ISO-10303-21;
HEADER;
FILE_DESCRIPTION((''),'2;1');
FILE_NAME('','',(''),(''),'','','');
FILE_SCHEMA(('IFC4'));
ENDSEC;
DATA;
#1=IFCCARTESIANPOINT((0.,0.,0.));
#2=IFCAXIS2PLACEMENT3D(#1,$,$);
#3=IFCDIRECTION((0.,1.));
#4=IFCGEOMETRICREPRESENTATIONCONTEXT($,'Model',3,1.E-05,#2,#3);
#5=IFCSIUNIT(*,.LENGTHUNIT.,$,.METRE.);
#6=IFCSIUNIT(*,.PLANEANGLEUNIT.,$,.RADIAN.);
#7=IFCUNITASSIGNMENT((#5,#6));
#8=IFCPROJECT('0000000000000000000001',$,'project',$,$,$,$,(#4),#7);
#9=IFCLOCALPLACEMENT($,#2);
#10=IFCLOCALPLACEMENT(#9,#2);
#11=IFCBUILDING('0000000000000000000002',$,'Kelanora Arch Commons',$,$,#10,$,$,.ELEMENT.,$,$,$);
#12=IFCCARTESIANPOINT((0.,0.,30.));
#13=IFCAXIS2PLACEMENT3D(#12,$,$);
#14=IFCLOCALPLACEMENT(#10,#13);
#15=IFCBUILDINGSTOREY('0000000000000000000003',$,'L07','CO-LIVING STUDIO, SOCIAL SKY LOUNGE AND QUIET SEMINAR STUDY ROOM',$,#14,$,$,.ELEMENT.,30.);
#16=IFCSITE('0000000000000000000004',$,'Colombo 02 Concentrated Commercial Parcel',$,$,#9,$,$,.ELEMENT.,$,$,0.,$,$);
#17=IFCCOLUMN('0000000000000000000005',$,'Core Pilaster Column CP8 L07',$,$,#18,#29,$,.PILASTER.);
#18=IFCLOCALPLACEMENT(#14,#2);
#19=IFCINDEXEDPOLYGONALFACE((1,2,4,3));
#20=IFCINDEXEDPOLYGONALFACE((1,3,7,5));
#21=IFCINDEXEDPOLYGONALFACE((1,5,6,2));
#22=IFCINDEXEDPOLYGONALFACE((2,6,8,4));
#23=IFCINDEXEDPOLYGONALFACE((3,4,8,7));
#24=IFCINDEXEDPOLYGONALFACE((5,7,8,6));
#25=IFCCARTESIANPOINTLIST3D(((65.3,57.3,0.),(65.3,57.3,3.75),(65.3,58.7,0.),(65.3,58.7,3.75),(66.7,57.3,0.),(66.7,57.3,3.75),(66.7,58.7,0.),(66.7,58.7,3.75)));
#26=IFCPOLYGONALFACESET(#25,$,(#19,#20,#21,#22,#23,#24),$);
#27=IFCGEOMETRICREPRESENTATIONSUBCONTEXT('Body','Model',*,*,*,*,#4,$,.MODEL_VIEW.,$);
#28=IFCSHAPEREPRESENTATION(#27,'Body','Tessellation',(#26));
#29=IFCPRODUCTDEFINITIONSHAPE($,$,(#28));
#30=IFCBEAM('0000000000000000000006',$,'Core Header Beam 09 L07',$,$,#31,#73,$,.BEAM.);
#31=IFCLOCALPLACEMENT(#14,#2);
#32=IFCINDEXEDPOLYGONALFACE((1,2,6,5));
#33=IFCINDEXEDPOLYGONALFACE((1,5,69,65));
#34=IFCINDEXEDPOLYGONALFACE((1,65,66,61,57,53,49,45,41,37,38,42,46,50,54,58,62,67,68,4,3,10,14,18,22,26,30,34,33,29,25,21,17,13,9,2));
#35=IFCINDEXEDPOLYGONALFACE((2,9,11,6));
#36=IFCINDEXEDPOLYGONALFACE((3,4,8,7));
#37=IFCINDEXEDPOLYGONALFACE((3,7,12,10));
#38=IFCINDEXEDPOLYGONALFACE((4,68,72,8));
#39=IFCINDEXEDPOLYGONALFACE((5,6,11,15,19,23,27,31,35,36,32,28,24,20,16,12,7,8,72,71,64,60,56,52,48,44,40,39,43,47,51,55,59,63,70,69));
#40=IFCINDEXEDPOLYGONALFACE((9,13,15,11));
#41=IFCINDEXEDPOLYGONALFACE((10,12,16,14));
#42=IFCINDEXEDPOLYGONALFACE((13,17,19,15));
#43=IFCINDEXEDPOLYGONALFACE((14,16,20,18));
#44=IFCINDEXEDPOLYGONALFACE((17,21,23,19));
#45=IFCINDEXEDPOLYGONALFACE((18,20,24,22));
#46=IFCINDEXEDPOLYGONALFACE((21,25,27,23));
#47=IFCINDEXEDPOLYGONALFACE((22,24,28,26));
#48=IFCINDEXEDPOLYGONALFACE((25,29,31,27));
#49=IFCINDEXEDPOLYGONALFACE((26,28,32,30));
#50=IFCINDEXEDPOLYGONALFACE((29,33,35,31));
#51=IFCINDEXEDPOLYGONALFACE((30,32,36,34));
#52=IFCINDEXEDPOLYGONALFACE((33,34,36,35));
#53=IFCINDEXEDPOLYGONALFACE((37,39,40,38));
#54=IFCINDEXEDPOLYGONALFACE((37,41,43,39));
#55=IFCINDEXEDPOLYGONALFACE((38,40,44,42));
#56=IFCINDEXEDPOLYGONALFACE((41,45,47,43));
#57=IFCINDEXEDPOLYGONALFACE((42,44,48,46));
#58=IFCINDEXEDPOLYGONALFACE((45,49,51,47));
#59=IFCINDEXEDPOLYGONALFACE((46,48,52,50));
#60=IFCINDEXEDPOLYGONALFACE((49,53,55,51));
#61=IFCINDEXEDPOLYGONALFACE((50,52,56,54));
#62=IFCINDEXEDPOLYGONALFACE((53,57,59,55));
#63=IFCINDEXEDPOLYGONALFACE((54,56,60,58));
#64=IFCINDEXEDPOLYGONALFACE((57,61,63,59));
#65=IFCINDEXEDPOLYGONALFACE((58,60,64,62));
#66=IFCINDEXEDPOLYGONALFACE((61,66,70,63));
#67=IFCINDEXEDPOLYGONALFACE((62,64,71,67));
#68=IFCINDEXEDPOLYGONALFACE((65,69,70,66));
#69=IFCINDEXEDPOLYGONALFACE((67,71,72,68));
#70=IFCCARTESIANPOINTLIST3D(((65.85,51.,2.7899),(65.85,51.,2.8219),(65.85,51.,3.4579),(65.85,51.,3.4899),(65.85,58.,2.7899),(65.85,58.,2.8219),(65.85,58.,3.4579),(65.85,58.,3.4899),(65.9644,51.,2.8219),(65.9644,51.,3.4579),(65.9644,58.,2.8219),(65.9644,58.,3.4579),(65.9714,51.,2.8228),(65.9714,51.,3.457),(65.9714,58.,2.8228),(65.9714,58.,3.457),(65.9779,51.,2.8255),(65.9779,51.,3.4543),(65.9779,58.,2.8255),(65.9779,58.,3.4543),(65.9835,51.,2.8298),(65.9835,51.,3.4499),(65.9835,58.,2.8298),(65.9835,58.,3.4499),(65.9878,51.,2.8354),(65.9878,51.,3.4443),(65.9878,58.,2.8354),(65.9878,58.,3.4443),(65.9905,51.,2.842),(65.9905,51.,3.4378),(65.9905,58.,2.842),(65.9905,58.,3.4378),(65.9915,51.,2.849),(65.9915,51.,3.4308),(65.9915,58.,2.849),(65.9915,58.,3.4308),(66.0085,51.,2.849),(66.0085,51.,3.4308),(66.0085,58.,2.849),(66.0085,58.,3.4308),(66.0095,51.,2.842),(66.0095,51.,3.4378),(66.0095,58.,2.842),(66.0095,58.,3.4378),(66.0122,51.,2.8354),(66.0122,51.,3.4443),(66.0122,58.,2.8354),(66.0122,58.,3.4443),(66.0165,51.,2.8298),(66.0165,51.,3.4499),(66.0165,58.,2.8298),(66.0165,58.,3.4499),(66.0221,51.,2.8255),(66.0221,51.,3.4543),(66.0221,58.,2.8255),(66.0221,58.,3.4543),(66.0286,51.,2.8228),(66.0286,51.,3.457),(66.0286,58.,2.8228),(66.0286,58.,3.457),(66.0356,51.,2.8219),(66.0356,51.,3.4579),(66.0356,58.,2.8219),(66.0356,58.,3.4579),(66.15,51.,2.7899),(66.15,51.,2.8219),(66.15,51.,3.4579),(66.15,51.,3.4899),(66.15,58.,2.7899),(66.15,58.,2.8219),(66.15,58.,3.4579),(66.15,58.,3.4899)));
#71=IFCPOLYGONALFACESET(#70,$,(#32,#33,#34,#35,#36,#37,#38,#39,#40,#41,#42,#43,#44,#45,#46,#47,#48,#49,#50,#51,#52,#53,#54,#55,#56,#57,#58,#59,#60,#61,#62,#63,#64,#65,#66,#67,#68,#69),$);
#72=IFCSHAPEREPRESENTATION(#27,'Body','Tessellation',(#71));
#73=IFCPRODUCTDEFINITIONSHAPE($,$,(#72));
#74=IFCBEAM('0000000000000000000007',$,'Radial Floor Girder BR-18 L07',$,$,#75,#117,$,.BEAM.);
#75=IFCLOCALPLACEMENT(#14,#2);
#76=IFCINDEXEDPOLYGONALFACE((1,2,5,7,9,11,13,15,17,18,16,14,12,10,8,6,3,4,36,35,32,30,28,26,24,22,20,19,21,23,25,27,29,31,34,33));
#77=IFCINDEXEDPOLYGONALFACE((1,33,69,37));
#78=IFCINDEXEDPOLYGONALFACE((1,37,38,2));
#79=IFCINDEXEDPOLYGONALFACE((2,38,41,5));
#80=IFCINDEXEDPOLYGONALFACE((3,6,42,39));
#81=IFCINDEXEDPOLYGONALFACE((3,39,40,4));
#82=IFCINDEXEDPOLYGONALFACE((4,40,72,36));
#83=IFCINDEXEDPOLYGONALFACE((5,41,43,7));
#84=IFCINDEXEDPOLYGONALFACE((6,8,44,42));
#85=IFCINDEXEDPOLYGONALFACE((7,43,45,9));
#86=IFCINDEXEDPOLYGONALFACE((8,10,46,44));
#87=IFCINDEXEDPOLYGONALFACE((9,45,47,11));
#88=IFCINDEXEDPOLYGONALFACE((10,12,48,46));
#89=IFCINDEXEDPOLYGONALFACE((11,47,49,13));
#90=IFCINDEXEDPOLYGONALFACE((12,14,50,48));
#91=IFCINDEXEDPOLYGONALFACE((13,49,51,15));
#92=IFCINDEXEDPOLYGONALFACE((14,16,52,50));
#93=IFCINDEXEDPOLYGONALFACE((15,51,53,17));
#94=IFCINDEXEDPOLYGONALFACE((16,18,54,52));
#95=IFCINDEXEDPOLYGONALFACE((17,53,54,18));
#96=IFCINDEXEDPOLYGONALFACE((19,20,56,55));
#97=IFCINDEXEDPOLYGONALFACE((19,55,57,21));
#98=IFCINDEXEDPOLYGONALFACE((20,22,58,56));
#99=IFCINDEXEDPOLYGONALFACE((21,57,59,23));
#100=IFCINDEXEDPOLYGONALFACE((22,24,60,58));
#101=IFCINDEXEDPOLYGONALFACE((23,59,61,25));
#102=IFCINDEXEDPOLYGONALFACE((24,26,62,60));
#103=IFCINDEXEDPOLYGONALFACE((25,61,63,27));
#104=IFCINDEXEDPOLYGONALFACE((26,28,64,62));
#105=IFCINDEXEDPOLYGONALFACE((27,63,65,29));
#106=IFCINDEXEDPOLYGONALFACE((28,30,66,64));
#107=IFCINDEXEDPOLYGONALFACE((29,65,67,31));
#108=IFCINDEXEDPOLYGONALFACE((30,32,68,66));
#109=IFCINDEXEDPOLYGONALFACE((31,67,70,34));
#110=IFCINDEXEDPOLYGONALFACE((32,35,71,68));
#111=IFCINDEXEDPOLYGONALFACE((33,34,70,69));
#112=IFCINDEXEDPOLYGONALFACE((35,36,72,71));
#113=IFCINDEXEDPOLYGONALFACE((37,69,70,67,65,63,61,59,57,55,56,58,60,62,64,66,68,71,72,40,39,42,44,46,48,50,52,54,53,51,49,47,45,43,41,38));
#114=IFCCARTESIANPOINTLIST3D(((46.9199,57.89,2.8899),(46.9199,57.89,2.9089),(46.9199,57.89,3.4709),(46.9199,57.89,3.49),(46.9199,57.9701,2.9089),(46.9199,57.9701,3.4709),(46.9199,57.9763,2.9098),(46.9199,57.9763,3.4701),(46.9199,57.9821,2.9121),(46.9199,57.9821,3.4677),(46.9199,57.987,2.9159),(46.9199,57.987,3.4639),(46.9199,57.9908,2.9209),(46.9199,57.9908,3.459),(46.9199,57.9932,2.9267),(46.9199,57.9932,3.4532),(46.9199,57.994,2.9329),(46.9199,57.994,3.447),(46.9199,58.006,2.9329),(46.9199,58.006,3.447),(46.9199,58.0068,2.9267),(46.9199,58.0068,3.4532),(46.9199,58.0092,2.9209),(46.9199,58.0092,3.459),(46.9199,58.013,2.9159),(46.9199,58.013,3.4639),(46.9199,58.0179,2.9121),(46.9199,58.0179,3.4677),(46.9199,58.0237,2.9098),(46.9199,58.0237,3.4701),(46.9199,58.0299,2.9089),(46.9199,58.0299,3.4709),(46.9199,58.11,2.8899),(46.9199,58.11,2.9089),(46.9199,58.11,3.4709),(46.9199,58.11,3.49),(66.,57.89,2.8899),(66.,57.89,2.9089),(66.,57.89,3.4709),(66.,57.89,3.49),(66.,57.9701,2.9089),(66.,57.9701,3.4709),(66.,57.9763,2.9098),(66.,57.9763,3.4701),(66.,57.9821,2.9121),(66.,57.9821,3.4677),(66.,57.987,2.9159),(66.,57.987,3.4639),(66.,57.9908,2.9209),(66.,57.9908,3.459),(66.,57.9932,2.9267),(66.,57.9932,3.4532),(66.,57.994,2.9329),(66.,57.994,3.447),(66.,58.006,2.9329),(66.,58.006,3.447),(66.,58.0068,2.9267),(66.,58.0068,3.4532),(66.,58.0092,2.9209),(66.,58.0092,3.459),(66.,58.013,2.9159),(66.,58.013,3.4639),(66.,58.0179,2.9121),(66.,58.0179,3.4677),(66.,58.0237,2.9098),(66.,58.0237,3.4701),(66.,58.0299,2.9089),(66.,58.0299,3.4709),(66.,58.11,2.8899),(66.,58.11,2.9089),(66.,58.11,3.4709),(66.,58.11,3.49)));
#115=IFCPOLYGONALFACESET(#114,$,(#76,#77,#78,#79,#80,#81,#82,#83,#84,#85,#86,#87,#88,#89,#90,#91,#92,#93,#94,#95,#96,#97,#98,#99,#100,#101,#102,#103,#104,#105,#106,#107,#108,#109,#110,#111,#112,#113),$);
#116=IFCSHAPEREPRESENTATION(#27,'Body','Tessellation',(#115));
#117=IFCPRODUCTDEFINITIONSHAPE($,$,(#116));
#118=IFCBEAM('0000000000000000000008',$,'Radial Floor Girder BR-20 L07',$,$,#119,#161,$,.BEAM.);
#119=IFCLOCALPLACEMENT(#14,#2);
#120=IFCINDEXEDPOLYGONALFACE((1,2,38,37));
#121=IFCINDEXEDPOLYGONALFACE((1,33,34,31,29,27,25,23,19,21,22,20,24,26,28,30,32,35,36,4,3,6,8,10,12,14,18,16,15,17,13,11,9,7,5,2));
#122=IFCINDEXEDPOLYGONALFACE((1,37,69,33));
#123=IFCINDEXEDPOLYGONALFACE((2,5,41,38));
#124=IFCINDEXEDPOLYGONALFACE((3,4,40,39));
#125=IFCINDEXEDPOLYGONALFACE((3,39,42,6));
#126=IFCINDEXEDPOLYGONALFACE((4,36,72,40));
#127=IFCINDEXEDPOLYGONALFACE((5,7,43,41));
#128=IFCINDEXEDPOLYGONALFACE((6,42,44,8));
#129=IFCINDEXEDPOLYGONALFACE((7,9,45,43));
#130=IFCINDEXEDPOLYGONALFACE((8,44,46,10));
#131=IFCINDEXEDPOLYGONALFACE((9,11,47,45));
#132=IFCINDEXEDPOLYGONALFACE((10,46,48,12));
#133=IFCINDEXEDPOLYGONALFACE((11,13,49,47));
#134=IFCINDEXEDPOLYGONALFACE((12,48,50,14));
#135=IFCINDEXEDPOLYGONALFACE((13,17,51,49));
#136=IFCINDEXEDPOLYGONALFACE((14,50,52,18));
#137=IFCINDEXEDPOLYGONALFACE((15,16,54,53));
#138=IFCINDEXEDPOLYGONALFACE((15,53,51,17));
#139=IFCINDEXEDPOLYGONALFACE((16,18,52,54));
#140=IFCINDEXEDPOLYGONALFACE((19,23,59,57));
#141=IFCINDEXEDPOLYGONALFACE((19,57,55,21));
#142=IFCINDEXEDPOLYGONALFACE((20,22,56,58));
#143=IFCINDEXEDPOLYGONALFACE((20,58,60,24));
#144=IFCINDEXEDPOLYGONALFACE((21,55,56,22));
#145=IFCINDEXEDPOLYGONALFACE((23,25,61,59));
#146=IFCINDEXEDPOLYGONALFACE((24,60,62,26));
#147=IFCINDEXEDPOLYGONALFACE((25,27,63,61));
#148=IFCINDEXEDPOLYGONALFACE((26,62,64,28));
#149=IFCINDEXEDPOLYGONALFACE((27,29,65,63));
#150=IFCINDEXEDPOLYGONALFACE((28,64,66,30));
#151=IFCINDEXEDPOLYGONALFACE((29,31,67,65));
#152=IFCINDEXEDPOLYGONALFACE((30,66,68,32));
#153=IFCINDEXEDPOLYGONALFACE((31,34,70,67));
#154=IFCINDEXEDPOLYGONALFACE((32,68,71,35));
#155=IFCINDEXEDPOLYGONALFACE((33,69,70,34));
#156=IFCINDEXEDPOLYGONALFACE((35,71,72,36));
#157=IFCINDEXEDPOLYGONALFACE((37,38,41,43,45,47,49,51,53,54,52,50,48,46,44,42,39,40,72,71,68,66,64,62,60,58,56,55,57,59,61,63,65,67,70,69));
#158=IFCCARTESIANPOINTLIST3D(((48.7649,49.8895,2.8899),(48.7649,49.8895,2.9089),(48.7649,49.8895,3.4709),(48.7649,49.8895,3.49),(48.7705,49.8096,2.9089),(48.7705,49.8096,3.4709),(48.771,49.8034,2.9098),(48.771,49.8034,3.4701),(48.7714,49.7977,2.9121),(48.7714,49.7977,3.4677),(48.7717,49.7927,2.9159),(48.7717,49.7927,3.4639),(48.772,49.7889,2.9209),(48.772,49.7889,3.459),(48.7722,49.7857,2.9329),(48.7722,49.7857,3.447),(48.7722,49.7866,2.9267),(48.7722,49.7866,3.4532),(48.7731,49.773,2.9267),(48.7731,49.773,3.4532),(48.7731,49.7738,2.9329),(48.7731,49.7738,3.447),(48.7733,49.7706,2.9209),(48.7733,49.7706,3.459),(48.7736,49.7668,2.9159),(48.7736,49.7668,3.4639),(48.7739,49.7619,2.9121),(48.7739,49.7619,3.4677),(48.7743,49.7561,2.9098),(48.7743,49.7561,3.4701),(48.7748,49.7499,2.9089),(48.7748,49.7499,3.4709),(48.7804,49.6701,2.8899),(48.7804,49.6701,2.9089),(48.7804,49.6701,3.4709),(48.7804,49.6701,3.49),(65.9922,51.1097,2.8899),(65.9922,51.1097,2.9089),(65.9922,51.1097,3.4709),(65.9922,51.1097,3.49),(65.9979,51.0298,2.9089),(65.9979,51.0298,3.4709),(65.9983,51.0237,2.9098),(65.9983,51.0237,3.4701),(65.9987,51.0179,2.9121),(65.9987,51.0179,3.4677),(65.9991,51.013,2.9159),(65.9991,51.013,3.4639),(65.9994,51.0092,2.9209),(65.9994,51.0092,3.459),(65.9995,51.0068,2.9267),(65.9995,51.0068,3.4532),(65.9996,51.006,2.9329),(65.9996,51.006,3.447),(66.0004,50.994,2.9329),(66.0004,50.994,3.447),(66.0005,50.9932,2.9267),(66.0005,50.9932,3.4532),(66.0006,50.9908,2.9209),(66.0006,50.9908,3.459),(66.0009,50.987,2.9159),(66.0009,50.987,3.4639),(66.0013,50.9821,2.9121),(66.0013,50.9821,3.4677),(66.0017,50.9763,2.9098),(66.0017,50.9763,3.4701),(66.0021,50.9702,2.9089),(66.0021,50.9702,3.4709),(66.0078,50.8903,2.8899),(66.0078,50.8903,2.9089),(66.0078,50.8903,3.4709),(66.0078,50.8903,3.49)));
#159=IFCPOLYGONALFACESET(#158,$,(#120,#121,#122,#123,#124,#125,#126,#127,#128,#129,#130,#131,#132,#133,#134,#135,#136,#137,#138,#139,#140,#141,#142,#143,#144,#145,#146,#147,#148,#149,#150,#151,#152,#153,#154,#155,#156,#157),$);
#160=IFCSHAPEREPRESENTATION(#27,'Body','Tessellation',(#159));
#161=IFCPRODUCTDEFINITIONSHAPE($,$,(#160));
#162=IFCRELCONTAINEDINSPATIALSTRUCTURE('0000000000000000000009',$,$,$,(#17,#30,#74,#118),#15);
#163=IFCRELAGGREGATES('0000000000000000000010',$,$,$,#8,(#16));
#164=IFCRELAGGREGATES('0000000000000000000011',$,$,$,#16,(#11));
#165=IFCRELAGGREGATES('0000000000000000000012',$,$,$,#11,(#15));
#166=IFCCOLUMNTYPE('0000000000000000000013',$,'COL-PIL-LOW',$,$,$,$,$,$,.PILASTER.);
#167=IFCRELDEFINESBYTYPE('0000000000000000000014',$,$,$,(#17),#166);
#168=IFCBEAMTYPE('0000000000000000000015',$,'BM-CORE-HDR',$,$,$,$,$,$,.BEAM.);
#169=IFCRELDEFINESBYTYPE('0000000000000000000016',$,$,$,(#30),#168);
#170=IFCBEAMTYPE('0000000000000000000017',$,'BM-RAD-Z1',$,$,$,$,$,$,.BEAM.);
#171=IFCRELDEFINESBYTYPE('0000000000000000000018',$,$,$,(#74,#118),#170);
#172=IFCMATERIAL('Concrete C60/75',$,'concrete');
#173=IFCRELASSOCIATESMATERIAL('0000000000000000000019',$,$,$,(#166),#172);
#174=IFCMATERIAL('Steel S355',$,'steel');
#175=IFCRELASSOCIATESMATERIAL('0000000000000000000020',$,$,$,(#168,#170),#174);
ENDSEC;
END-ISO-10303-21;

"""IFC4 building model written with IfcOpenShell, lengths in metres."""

from ifc_helpers import new_model, si_unit, direction, frame, origin, origin_2d, place, context, subcontext, project, spatial, rectangle, i_section, extrude, material, material_profile, profile_set, type_object, element, save


model = new_model("IFC4")

# Units and contexts
model_context = context("Model", 3, precision=1e-05, world=origin(), true_north=direction((0.0, 1.0)))
body_context = subcontext(model_context, "Body", "Model", "MODEL_VIEW")
ifc_project = project(units=[si_unit("LENGTHUNIT", "METRE"), si_unit("PLANEANGLEUNIT", "RADIAN")], contexts=[model_context])

# Site, building, storey
site_placement = place(None, origin())
site = spatial("IfcSite", under=ifc_project, at=site_placement, Name="Colombo 02 Concentrated Commercial Parcel", CompositionType="ELEMENT", RefElevation=0.0)
building_placement = place(site_placement, origin())
building = spatial("IfcBuilding", under=site, at=building_placement, Name="Kelanora Arch Commons", CompositionType="ELEMENT")
storey_placement = place(building_placement, frame((0.0, 0.0, 30.0)))
storey = spatial("IfcBuildingStorey", under=building, at=storey_placement, Name="L07", Description="CO-LIVING STUDIO, SOCIAL SKY LOUNGE AND QUIET SEMINAR STUDY ROOM", CompositionType="ELEMENT", Elevation=30.0)

# Column
ifc_material_1 = material(Name="Concrete C60/75", Category="concrete")
ifc_material_profile_1 = material_profile(ifc_material_1, rectangle(XDim=1.3999, YDim=1.3999, at=origin_2d()), Name="RC1400x1400")
ifc_profile_set_1 = profile_set([ifc_material_profile_1], Name="Concrete C60/75")
column_type = type_object("IfcColumnType", Name="COL-PIL-LOW", PredefinedType="PILASTER", material=ifc_profile_set_1)
column_placement = place(storey_placement, frame((66.0, 58.0, 0.0), z_axis=(0.0, 0.0, 1.0), x_axis=(1.0, 0.0, 0.0)))
element("IfcColumn", 1, at=column_placement, inside=storey, type_object=column_type, Name="Core Pilaster Column CP8 L07", PredefinedType="PILASTER", context=body_context, shape_type="SweptSolid", body=[
    extrude(rectangle(XDim=1.3999, YDim=1.3999, at=origin_2d()), origin(), (0.0, 0.0, 1.0), 3.75),
])

# Beams
ifc_material_2 = material(Name="Steel S355", Category="steel")
ifc_material_profile_2 = material_profile(ifc_material_2, i_section(OverallWidth=0.3, OverallDepth=0.7, WebThickness=0.0171, FlangeThickness=0.032, FilletRadius=0.0271, at=origin_2d()), Name="HEB700")
ifc_profile_set_2 = profile_set([ifc_material_profile_2], Name="Steel S355")
beam_type_1 = type_object("IfcBeamType", Name="BM-CORE-HDR", PredefinedType="BEAM", material=ifc_profile_set_2)
beam_1_placement = place(storey_placement, frame((66.0, 58.0, 3.1399), z_axis=(0.0, -1.0, 0.0), x_axis=(1.0, 0.0, 0.0)))
element("IfcBeam", 2, at=beam_1_placement, inside=storey, type_object=beam_type_1, Name="Core Header Beam 09 L07", PredefinedType="BEAM", context=body_context, shape_type="SweptSolid", body=[
    extrude(i_section(OverallWidth=0.3, OverallDepth=0.7, WebThickness=0.0171, FlangeThickness=0.032, FilletRadius=0.0271, at=origin_2d()), origin(), (0.0, 0.0, 1.0), 7.0),
])
ifc_material_profile_3 = material_profile(ifc_material_2, i_section(OverallWidth=0.22, OverallDepth=0.6001, WebThickness=0.012, FlangeThickness=0.019, FilletRadius=0.0239, at=origin_2d()), Name="IPE600")
ifc_profile_set_3 = profile_set([ifc_material_profile_3], Name="Steel S355")
beam_type_2 = type_object("IfcBeamType", Name="BM-RAD-Z1", PredefinedType="BEAM", material=ifc_profile_set_3)
beam_2_placement = place(storey_placement, frame((66.0, 58.0, 3.1899), z_axis=(-1.0, 0.0, 0.0), x_axis=(0.0, -1.0, 0.0)))
element("IfcBeam", 3, at=beam_2_placement, inside=storey, type_object=beam_type_2, Name="Radial Floor Girder BR-18 L07", PredefinedType="BEAM", context=body_context, shape_type="SweptSolid", body=[
    extrude(i_section(OverallWidth=0.22, OverallDepth=0.6001, WebThickness=0.012, FlangeThickness=0.019, FilletRadius=0.0239, at=origin_2d()), origin(), (0.0, 0.0, 1.0), 19.0801),
])
beam_3_placement = place(storey_placement, frame((66.0, 51.0, 3.1899), z_axis=(-0.997501, -0.070653, 0.0), x_axis=(0.070653, -0.997501, 0.0)))
element("IfcBeam", 4, at=beam_3_placement, inside=storey, type_object=beam_type_2, Name="Radial Floor Girder BR-20 L07", PredefinedType="BEAM", context=body_context, shape_type="SweptSolid", body=[
    extrude(i_section(OverallWidth=0.22, OverallDepth=0.6001, WebThickness=0.012, FlangeThickness=0.019, FilletRadius=0.0239, at=origin_2d()), origin(), (0.0, 0.0, 1.0), 17.2705),
])

save(model, "model.ifc")
